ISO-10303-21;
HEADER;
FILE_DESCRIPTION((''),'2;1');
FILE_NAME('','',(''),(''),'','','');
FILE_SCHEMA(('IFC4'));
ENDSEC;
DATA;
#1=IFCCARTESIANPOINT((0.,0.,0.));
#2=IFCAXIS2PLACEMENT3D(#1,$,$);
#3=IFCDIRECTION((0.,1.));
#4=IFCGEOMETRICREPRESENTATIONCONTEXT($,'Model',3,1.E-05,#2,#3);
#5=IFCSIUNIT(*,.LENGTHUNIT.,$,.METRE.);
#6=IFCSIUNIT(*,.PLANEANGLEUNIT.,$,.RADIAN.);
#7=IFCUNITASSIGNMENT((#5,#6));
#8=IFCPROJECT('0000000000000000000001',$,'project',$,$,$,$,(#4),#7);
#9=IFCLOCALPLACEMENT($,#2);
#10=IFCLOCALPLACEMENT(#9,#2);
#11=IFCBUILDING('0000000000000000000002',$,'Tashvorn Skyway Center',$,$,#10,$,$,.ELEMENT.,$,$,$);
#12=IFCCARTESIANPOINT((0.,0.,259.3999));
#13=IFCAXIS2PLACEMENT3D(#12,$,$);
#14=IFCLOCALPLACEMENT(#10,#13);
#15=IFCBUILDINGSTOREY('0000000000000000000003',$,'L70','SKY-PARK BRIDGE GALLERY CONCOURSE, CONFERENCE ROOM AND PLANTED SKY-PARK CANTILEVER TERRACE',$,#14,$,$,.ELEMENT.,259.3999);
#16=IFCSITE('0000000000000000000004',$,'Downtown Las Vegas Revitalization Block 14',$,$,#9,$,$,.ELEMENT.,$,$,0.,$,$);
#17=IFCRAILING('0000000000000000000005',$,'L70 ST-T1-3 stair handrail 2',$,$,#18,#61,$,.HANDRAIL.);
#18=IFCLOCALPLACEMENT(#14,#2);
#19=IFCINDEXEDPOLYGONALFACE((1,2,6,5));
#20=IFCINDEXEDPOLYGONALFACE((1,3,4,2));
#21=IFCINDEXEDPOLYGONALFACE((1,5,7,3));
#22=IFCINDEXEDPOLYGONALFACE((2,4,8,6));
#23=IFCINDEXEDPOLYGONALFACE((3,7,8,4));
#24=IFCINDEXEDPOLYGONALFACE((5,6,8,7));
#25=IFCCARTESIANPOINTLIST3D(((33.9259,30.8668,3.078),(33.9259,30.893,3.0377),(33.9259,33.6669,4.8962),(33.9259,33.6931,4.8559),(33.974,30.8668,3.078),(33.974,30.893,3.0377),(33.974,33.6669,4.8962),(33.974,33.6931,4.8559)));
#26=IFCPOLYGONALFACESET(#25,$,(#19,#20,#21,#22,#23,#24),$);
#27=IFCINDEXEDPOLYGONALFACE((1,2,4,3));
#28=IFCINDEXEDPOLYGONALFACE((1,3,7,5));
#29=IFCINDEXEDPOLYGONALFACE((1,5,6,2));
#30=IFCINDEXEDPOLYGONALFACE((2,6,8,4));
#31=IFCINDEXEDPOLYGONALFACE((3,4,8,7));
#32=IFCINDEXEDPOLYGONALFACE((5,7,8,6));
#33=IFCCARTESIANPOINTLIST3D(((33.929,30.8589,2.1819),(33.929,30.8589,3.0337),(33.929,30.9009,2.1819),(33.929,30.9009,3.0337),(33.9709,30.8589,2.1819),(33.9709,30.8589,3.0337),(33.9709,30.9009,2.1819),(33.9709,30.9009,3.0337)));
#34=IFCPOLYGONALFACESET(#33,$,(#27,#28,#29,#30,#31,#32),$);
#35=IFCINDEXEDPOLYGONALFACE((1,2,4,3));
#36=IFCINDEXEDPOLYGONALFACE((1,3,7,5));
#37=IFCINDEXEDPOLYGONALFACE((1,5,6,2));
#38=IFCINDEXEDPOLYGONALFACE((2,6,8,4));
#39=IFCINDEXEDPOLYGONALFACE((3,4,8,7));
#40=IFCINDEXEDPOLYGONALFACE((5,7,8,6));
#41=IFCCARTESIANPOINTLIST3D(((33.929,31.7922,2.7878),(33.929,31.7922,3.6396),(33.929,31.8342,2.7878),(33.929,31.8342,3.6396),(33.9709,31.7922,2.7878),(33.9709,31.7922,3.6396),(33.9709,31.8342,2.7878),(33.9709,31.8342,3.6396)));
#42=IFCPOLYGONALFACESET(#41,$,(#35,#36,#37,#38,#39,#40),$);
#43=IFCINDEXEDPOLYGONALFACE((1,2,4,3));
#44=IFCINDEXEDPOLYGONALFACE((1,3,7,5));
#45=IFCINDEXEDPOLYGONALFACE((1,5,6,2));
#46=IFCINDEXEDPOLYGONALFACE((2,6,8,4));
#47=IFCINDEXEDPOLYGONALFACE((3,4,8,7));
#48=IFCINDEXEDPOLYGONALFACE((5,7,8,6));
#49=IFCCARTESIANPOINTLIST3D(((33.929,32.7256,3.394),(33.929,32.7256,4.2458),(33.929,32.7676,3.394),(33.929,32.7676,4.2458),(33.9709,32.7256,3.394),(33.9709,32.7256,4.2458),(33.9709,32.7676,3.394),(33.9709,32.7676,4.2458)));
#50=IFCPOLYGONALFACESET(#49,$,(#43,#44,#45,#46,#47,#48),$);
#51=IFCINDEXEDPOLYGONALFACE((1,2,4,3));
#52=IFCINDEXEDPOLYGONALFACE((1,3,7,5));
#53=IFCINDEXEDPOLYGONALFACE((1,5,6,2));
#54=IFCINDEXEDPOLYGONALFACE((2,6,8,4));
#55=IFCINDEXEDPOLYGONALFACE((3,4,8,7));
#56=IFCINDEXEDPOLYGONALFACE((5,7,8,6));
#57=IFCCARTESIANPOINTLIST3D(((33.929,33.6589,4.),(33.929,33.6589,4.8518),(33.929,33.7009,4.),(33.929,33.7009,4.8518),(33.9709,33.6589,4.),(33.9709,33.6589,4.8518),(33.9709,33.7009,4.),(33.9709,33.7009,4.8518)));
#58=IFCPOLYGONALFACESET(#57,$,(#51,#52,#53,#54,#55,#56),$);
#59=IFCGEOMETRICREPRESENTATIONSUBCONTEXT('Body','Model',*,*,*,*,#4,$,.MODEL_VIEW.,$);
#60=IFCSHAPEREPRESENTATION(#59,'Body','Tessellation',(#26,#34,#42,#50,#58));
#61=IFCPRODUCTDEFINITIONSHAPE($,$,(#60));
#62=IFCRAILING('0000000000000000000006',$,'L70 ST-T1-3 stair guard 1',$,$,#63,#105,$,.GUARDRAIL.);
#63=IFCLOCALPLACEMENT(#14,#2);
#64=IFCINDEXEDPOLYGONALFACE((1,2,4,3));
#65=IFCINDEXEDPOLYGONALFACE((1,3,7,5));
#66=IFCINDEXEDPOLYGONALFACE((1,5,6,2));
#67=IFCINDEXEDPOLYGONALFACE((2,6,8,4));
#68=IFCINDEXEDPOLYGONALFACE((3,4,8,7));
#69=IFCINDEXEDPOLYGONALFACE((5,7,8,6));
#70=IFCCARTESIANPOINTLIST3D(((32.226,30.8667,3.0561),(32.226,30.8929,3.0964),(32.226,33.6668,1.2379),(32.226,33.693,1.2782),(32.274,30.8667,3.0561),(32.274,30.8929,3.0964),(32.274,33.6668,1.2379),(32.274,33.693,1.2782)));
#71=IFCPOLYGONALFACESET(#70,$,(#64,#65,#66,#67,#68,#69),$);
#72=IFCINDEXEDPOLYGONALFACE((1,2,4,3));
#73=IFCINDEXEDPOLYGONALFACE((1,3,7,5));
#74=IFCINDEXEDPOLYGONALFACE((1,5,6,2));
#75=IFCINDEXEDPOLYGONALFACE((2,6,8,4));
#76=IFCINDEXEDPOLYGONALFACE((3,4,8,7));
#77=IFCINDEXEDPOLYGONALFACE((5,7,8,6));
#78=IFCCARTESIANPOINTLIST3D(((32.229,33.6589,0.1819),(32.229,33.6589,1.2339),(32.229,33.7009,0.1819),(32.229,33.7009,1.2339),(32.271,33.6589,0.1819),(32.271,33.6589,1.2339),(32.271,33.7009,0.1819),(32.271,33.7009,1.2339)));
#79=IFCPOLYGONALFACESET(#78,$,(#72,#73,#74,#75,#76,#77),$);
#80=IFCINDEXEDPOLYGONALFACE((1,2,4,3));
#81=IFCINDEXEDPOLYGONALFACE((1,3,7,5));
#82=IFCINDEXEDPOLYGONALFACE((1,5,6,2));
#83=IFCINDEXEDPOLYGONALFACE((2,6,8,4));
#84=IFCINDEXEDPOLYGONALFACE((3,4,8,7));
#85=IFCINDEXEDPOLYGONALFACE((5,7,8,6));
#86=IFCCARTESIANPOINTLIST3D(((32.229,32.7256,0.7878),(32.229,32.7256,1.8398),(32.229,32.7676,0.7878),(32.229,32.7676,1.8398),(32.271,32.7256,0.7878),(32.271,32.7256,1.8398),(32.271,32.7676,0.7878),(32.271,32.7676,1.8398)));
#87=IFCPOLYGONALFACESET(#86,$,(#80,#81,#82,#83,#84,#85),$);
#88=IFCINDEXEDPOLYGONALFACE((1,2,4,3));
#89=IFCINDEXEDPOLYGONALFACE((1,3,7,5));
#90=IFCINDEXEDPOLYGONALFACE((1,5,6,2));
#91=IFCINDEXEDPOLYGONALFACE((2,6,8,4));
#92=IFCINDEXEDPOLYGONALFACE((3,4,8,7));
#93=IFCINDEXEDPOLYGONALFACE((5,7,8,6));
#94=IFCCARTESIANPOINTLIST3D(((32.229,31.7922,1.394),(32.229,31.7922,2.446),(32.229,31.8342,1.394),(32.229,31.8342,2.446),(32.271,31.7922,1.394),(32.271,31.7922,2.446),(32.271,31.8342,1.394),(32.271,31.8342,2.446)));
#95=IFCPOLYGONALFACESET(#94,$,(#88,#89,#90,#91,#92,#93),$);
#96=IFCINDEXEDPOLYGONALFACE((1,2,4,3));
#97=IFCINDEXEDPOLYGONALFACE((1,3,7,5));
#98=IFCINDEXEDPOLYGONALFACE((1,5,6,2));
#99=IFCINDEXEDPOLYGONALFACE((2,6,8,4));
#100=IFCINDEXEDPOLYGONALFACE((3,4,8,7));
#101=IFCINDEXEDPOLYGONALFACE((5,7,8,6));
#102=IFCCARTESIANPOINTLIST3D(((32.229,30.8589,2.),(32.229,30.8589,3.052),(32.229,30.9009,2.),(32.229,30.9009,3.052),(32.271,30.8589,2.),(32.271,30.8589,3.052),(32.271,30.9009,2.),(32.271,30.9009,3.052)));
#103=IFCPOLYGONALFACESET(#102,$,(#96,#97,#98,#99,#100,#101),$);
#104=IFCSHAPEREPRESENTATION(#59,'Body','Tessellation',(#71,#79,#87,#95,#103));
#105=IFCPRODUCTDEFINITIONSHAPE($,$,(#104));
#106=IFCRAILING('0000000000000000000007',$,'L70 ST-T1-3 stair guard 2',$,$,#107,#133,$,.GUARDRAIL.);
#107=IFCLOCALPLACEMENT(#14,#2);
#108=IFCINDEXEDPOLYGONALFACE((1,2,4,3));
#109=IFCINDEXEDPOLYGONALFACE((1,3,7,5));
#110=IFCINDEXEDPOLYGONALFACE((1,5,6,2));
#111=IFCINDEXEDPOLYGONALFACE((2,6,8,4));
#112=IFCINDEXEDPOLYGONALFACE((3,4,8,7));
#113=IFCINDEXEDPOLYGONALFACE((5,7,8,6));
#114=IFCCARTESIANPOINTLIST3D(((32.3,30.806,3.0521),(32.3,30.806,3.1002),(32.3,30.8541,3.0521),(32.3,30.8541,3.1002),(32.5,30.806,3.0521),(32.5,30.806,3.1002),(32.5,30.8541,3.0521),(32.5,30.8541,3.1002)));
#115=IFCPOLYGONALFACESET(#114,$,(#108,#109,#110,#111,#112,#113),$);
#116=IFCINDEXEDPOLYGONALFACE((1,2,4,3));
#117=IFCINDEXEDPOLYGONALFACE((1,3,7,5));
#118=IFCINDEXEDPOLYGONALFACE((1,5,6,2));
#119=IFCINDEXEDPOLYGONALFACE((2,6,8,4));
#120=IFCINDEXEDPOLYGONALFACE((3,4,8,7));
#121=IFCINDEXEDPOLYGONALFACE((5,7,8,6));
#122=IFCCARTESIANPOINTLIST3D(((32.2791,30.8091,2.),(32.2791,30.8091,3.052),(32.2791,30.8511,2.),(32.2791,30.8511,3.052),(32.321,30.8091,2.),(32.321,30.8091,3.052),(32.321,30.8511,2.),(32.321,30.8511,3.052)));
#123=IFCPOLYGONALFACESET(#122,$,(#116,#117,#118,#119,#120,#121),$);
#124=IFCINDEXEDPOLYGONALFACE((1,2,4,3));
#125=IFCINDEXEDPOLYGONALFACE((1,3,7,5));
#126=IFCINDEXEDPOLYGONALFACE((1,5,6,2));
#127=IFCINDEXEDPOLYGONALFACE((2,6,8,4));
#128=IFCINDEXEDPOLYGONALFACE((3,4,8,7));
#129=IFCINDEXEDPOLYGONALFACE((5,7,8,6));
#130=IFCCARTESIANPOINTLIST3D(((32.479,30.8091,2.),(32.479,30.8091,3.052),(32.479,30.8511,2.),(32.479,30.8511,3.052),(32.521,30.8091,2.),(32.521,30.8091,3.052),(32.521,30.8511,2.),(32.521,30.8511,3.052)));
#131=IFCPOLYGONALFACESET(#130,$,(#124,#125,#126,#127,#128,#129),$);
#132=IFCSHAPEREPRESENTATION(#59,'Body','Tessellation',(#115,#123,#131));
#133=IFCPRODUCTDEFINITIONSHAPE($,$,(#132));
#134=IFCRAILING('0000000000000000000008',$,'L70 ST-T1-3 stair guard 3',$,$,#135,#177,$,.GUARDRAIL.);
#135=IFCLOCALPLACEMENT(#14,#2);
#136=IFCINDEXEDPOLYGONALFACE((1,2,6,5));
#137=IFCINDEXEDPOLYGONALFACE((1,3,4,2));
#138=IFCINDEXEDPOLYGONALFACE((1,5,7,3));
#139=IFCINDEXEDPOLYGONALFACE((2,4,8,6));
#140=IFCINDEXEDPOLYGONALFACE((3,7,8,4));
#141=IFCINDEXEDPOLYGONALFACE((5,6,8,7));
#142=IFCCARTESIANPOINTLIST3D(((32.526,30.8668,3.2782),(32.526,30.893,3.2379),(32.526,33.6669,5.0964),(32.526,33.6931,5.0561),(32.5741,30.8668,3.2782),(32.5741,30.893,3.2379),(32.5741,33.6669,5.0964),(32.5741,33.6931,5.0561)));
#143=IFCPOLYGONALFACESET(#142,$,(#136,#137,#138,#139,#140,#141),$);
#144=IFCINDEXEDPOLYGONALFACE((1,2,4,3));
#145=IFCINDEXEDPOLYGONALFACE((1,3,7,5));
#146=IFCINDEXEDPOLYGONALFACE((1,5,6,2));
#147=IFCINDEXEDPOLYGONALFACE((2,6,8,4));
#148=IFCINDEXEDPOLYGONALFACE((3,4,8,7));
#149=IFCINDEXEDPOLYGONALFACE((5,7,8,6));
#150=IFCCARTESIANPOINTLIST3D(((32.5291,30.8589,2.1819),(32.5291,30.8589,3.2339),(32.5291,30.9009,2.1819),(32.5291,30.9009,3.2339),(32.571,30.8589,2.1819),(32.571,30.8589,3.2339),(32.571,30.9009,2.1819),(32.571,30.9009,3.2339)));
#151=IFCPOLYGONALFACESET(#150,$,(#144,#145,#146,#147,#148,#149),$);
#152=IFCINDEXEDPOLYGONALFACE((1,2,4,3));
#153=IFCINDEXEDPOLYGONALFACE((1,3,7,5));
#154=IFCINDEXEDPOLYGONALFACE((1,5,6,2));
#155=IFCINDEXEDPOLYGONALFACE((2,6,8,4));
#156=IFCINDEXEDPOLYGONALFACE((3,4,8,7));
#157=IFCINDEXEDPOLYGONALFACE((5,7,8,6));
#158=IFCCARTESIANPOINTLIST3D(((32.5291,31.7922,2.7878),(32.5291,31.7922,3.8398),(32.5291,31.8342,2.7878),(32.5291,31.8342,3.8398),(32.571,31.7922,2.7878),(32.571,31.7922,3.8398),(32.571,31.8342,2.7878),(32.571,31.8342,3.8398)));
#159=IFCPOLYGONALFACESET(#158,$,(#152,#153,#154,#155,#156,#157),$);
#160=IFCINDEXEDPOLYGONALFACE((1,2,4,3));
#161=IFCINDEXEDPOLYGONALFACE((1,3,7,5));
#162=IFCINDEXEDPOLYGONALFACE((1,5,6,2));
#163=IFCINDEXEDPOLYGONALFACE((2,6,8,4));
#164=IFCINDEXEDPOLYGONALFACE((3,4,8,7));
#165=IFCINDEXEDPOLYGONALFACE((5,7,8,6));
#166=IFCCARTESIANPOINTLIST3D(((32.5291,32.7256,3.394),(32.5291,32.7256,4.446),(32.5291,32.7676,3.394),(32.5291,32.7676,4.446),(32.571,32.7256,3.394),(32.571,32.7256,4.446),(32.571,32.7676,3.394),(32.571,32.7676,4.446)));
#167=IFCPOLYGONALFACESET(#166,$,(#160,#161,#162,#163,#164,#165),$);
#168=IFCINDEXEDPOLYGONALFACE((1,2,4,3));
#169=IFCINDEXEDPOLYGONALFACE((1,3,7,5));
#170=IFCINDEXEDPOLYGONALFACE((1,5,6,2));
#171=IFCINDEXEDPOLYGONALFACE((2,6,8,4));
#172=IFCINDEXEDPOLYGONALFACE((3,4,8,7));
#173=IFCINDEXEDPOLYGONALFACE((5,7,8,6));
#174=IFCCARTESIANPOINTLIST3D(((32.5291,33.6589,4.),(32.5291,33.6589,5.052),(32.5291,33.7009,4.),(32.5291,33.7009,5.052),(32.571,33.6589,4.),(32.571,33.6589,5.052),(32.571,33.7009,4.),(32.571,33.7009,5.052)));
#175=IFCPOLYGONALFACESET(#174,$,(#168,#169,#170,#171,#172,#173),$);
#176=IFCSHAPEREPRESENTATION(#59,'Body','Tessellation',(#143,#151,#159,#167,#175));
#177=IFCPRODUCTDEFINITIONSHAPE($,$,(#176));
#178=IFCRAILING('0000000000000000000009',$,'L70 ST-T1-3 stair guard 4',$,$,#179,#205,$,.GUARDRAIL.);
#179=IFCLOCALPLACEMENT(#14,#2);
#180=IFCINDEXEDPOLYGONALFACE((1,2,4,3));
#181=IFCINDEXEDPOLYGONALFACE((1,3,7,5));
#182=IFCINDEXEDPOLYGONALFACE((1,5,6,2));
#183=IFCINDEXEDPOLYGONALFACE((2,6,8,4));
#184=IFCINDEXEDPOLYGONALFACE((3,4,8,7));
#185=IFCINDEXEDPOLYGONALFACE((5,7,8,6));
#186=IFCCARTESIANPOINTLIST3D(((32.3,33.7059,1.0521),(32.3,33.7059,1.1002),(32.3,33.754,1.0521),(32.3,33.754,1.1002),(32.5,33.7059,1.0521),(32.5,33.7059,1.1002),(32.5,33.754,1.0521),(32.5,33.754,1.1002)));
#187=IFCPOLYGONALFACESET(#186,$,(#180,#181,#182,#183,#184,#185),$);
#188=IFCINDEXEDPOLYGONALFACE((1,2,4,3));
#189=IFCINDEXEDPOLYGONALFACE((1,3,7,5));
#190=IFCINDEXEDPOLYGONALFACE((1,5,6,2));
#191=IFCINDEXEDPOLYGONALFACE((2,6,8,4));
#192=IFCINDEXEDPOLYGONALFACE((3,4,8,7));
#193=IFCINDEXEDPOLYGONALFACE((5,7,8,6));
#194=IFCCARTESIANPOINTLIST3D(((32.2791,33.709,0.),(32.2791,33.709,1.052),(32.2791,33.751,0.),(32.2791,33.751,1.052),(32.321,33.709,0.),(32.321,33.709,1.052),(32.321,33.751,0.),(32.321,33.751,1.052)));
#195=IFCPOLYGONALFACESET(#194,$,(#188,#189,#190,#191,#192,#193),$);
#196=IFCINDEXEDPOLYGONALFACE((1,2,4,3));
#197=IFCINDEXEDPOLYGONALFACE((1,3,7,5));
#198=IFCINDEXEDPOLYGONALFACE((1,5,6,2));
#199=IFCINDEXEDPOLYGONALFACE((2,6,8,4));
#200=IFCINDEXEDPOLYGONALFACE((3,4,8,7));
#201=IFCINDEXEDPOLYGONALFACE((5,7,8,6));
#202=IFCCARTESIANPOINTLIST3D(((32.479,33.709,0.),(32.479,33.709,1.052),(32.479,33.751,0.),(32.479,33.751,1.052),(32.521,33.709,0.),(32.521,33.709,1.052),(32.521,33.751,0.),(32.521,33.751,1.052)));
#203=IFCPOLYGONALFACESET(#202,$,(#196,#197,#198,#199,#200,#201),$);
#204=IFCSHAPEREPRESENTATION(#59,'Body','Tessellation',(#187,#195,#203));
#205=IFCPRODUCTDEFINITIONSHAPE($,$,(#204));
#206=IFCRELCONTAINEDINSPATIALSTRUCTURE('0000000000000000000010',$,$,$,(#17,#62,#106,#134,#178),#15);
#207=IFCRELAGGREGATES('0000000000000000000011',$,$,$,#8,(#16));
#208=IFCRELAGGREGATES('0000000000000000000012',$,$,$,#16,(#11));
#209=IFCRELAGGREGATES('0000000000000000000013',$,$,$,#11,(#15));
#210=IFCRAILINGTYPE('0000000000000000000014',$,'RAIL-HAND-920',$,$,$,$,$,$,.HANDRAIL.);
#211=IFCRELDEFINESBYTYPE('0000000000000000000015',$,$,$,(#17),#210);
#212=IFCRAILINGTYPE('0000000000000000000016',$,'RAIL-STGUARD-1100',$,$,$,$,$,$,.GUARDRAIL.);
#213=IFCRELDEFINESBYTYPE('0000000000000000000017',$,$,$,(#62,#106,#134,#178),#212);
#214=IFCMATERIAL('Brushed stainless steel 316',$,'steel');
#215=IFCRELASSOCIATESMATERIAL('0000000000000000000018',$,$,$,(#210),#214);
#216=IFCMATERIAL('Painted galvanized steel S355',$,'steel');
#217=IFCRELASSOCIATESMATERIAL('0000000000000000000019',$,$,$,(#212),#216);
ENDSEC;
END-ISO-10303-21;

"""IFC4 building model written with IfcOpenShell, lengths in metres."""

from ifc_helpers import new_model, si_unit, direction, frame, origin, origin_2d, place, context, subcontext, project, spatial, rectangle, extrude, material, type_object, element, save


model = new_model("IFC4")

# Units and contexts
model_context = context("Model", 3, precision=1e-05, world=origin(), true_north=direction((0.0, 1.0)))
body_context = subcontext(model_context, "Body", "Model", "MODEL_VIEW")
ifc_project = project(units=[si_unit("LENGTHUNIT", "METRE"), si_unit("PLANEANGLEUNIT", "RADIAN")], contexts=[model_context])

# Site, building, storey
site_placement = place(None, origin())
site = spatial("IfcSite", under=ifc_project, at=site_placement, Name="Downtown Las Vegas Revitalization Block 14", CompositionType="ELEMENT", RefElevation=0.0)
building_placement = place(site_placement, origin())
building = spatial("IfcBuilding", under=site, at=building_placement, Name="Tashvorn Skyway Center", CompositionType="ELEMENT")
storey_placement = place(building_placement, frame((0.0, 0.0, 259.3999)))
storey = spatial("IfcBuildingStorey", under=building, at=storey_placement, Name="L70", Description="SKY-PARK BRIDGE GALLERY CONCOURSE, CONFERENCE ROOM AND PLANTED SKY-PARK CANTILEVER TERRACE", CompositionType="ELEMENT", Elevation=259.3999)

# Railings
ifc_material_1 = material(Name="Brushed stainless steel 316", Category="steel")
railing_type_1 = type_object("IfcRailingType", Name="RAIL-HAND-920", PredefinedType="HANDRAIL", material=ifc_material_1)
railing_1_placement = place(storey_placement, frame((33.95, 30.8799, 2.1819)))
element("IfcRailing", 1, at=railing_1_placement, inside=storey, type_object=railing_type_1, Name="L70 ST-T1-3 stair handrail 2", PredefinedType="HANDRAIL", context=body_context, shape_type="SweptSolid", body=[
    extrude(rectangle(XDim=0.0481, YDim=0.0481, at=origin_2d()), frame((0.0, 0.0, 0.876), z_axis=(0.0, 0.838706, 0.544585), x_axis=(-1.0, 0.0, 0.0)), (0.0, 0.0, 1.0), 3.3386),
    extrude(rectangle(XDim=0.042, YDim=0.042, at=origin_2d()), origin(), (0.0, 0.0, 1.0), 0.8518),
    extrude(rectangle(XDim=0.042, YDim=0.042, at=origin_2d()), frame((0.0, 0.9333, 0.606)), (0.0, 0.0, 1.0), 0.8518),
    extrude(rectangle(XDim=0.042, YDim=0.042, at=origin_2d()), frame((0.0, 1.8667, 1.2122)), (0.0, 0.0, 1.0), 0.8518),
    extrude(rectangle(XDim=0.042, YDim=0.042, at=origin_2d()), frame((0.0, 2.8, 1.8181)), (0.0, 0.0, 1.0), 0.8518),
])
ifc_material_2 = material(Name="Painted galvanized steel S355", Category="steel")
railing_type_2 = type_object("IfcRailingType", Name="RAIL-STGUARD-1100", PredefinedType="GUARDRAIL", material=ifc_material_2)
railing_2_placement = place(storey_placement, frame((32.25, 33.6799, 0.1819)))
element("IfcRailing", 2, at=railing_2_placement, inside=storey, type_object=railing_type_2, Name="L70 ST-T1-3 stair guard 1", PredefinedType="GUARDRAIL", context=body_context, shape_type="SweptSolid", body=[
    extrude(rectangle(XDim=0.0481, YDim=0.0481, at=origin_2d()), frame((0.0, 0.0, 1.0762), z_axis=(0.0, -0.838706, 0.544585), x_axis=(1.0, 0.0, 0.0)), (0.0, 0.0, 1.0), 3.3386),
    extrude(rectangle(XDim=0.042, YDim=0.042, at=origin_2d()), origin(), (0.0, 0.0, 1.0), 1.052),
    extrude(rectangle(XDim=0.042, YDim=0.042, at=origin_2d()), frame((0.0, -0.9333, 0.606)), (0.0, 0.0, 1.0), 1.052),
    extrude(rectangle(XDim=0.042, YDim=0.042, at=origin_2d()), frame((0.0, -1.8667, 1.2122)), (0.0, 0.0, 1.0), 1.052),
    extrude(rectangle(XDim=0.042, YDim=0.042, at=origin_2d()), frame((0.0, -2.8, 1.8181)), (0.0, 0.0, 1.0), 1.052),
])
railing_3_placement = place(storey_placement, frame((32.3, 30.8301, 2.0)))
element("IfcRailing", 3, at=railing_3_placement, inside=storey, type_object=railing_type_2, Name="L70 ST-T1-3 stair guard 2", PredefinedType="GUARDRAIL", context=body_context, shape_type="SweptSolid", body=[
    extrude(rectangle(XDim=0.0481, YDim=0.0481, at=origin_2d()), frame((0.0, 0.0, 1.0762), z_axis=(1.0, 0.0, 0.0), x_axis=(0.0, 1.0, 0.0)), (0.0, 0.0, 1.0), 0.2),
    extrude(rectangle(XDim=0.042, YDim=0.042, at=origin_2d()), origin(), (0.0, 0.0, 1.0), 1.052),
    extrude(rectangle(XDim=0.042, YDim=0.042, at=origin_2d()), frame((0.2, 0.0, 0.0)), (0.0, 0.0, 1.0), 1.052),
])
railing_4_placement = place(storey_placement, frame((32.55, 30.8799, 2.1819)))
element("IfcRailing", 4, at=railing_4_placement, inside=storey, type_object=railing_type_2, Name="L70 ST-T1-3 stair guard 3", PredefinedType="GUARDRAIL", context=body_context, shape_type="SweptSolid", body=[
    extrude(rectangle(XDim=0.0481, YDim=0.0481, at=origin_2d()), frame((0.0, 0.0, 1.0762), z_axis=(0.0, 0.838706, 0.544585), x_axis=(-1.0, 0.0, 0.0)), (0.0, 0.0, 1.0), 3.3386),
    extrude(rectangle(XDim=0.042, YDim=0.042, at=origin_2d()), origin(), (0.0, 0.0, 1.0), 1.052),
    extrude(rectangle(XDim=0.042, YDim=0.042, at=origin_2d()), frame((0.0, 0.9333, 0.606)), (0.0, 0.0, 1.0), 1.052),
    extrude(rectangle(XDim=0.042, YDim=0.042, at=origin_2d()), frame((0.0, 1.8667, 1.2122)), (0.0, 0.0, 1.0), 1.052),
    extrude(rectangle(XDim=0.042, YDim=0.042, at=origin_2d()), frame((0.0, 2.8, 1.8181)), (0.0, 0.0, 1.0), 1.052),
])
railing_5_placement = place(storey_placement, frame((32.3, 33.73, 0.0)))
element("IfcRailing", 5, at=railing_5_placement, inside=storey, type_object=railing_type_2, Name="L70 ST-T1-3 stair guard 4", PredefinedType="GUARDRAIL", context=body_context, shape_type="SweptSolid", body=[
    extrude(rectangle(XDim=0.0481, YDim=0.0481, at=origin_2d()), frame((0.0, 0.0, 1.0762), z_axis=(1.0, 0.0, 0.0), x_axis=(0.0, 1.0, 0.0)), (0.0, 0.0, 1.0), 0.2),
    extrude(rectangle(XDim=0.042, YDim=0.042, at=origin_2d()), origin(), (0.0, 0.0, 1.0), 1.052),
    extrude(rectangle(XDim=0.042, YDim=0.042, at=origin_2d()), frame((0.2, 0.0, 0.0)), (0.0, 0.0, 1.0), 1.052),
])

save(model, "model.ifc")
